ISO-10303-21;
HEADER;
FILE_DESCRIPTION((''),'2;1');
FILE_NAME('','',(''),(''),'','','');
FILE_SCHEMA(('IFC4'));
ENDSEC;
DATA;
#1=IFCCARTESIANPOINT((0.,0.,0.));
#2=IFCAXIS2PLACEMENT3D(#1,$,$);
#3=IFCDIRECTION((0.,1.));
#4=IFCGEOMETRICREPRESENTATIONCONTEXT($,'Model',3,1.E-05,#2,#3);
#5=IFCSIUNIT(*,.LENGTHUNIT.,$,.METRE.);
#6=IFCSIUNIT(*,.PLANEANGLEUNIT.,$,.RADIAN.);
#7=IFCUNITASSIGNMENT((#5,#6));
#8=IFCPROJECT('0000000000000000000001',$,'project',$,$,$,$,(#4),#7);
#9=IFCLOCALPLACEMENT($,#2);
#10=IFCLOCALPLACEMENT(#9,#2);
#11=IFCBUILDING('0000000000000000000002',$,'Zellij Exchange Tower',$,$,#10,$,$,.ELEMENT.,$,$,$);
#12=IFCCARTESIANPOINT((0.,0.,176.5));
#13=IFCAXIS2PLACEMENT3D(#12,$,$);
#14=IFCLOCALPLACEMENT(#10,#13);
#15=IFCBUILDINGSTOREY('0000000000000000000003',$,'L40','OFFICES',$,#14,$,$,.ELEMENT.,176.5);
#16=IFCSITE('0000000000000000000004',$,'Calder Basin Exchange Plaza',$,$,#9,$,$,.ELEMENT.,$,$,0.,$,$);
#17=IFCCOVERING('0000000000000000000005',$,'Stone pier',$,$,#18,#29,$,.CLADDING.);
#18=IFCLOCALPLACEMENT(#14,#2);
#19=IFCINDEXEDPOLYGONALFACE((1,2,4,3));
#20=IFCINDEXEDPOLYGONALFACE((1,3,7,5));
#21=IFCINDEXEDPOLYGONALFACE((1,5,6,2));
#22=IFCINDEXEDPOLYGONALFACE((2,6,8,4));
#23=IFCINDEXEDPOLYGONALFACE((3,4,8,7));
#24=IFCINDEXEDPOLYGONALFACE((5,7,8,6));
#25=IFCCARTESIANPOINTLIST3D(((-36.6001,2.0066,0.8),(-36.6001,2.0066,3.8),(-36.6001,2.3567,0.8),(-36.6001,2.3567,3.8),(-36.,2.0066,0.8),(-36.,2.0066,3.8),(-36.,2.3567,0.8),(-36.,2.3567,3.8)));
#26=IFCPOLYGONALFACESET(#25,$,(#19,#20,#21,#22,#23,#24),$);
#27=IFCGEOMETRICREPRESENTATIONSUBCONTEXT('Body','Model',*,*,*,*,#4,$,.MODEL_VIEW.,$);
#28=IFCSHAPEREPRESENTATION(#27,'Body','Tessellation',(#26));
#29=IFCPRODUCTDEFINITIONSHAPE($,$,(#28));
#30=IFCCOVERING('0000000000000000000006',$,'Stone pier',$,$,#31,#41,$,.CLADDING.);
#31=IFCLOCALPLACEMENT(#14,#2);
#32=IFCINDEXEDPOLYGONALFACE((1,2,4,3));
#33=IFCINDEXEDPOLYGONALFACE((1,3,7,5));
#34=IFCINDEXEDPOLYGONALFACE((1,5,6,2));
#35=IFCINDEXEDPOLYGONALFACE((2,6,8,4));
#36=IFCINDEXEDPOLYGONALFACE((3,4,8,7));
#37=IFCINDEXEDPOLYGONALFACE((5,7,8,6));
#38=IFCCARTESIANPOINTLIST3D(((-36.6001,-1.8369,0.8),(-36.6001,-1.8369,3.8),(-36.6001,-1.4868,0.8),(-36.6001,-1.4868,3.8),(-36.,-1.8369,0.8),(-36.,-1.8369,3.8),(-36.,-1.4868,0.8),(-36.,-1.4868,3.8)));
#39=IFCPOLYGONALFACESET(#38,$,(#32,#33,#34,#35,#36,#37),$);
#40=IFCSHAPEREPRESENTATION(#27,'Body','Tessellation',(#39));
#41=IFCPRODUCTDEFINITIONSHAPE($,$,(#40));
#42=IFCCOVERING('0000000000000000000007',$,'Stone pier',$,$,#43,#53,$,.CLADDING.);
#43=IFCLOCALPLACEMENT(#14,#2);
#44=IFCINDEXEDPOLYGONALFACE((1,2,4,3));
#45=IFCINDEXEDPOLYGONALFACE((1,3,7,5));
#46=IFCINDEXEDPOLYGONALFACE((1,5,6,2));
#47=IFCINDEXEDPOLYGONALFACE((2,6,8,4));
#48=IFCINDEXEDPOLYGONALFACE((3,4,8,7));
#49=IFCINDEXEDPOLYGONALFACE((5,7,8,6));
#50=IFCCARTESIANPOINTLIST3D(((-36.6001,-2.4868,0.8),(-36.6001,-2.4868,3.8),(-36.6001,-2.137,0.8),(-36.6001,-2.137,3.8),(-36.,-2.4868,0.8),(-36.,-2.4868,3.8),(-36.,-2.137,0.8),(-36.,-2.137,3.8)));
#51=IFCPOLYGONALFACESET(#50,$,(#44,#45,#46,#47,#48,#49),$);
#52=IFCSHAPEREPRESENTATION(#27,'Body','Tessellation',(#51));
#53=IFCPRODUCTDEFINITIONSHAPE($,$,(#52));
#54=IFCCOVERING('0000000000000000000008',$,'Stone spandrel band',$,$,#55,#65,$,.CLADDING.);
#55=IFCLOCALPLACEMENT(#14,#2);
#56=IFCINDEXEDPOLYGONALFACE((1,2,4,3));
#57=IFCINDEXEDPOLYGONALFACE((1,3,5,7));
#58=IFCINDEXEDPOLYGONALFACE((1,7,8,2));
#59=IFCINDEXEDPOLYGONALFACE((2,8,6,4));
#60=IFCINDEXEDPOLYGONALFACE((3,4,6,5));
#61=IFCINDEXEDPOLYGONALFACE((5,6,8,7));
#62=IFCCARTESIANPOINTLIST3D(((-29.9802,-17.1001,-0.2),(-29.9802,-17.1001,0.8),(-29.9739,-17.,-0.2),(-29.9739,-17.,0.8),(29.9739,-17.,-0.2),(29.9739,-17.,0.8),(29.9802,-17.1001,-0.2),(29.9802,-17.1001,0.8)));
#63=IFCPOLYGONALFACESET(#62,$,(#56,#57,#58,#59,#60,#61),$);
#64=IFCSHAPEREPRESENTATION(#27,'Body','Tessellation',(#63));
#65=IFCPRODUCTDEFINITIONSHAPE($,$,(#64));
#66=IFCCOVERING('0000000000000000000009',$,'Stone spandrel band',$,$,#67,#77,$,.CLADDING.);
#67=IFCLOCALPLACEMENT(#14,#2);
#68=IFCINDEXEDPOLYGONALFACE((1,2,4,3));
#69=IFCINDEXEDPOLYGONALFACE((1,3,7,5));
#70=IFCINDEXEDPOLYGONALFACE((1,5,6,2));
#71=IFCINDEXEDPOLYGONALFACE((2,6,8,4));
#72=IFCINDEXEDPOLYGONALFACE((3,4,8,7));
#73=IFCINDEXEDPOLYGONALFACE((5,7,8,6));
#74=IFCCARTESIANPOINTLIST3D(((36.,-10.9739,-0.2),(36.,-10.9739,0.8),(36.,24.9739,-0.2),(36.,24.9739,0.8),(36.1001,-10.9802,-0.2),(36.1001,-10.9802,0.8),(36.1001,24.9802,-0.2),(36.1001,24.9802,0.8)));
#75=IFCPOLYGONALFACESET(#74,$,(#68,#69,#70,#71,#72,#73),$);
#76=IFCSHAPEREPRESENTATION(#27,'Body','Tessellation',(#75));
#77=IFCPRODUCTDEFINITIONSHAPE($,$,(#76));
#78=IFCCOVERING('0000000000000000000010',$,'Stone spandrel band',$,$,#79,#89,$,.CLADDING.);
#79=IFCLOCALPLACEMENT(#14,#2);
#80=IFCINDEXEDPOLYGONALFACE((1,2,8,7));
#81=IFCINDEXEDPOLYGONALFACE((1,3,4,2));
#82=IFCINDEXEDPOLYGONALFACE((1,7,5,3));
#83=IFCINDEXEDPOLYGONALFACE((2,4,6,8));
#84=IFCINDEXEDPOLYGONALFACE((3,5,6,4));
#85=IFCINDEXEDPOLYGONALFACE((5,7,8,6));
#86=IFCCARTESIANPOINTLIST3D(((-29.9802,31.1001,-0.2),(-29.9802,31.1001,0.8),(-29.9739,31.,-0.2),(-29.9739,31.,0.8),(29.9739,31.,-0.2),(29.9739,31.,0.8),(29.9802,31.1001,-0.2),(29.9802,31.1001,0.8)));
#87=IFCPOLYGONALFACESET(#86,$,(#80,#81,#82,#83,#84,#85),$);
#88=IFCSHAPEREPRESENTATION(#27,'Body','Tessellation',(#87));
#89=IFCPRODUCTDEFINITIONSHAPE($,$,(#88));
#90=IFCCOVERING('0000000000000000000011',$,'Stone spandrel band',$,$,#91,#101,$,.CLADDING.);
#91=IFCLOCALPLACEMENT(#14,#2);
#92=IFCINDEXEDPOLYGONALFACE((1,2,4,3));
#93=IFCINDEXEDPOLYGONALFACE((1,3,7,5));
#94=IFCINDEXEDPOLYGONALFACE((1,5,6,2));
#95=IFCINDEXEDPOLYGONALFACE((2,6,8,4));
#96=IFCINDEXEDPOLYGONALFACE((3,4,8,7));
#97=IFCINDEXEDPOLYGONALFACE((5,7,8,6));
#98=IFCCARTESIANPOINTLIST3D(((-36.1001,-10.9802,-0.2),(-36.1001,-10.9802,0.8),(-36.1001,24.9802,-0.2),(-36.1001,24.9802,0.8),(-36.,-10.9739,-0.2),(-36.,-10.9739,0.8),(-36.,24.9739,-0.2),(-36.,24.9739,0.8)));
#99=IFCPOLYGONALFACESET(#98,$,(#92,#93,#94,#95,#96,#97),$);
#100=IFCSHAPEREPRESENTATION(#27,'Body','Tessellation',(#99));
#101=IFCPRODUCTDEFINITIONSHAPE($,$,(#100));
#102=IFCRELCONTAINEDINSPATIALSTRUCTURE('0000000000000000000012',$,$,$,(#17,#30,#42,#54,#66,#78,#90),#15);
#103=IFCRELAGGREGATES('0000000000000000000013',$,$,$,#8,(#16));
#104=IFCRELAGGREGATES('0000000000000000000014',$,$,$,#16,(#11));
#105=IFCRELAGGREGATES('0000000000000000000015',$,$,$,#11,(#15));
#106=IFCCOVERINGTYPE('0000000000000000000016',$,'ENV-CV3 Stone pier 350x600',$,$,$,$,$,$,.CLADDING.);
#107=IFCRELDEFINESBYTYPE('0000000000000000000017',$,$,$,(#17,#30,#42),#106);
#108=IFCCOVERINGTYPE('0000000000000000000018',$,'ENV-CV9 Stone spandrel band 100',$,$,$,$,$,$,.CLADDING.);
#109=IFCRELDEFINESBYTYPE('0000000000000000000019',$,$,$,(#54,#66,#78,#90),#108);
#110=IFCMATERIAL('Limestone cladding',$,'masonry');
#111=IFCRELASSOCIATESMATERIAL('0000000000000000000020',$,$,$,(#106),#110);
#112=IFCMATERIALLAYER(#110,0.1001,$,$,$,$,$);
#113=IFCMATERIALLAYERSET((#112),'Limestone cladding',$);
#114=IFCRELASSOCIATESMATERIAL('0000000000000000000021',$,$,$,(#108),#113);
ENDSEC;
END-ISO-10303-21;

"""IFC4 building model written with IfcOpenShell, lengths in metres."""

from ifc_helpers import new_model, si_unit, direction, frame, origin, place, context, subcontext, project, spatial, polyline, outline, extrude, material, layer, layer_set, type_object, element, save


model = new_model("IFC4")

# Units and contexts
model_context = context("Model", 3, precision=1e-05, world=origin(), true_north=direction((0.0, 1.0)))
body_context = subcontext(model_context, "Body", "Model", "MODEL_VIEW")
ifc_project = project(units=[si_unit("LENGTHUNIT", "METRE"), si_unit("PLANEANGLEUNIT", "RADIAN")], contexts=[model_context])

# Site, building, storey
site_placement = place(None, origin())
site = spatial("IfcSite", under=ifc_project, at=site_placement, Name="Calder Basin Exchange Plaza", CompositionType="ELEMENT", RefElevation=0.0)
building_placement = place(site_placement, origin())
building = spatial("IfcBuilding", under=site, at=building_placement, Name="Zellij Exchange Tower", CompositionType="ELEMENT")
storey_placement = place(building_placement, frame((0.0, 0.0, 176.5)))
storey = spatial("IfcBuildingStorey", under=building, at=storey_placement, Name="L40", Description="OFFICES", CompositionType="ELEMENT", Elevation=176.5)

# Coverings
ifc_material = material(Name="Limestone cladding", Category="masonry")
covering_type_1 = type_object("IfcCoveringType", Name="ENV-CV3 Stone pier 350x600", PredefinedType="CLADDING", material=ifc_material)
covering_1_placement = place(storey_placement, frame((0.0, 0.0, 0.8)))
element("IfcCovering", 1, at=covering_1_placement, inside=storey, type_object=covering_type_1, Name="Stone pier", PredefinedType="CLADDING", context=body_context, shape_type="SweptSolid", body=[
    extrude(outline(polyline([(-36.0, 2.3567), (-36.0, 2.0066), (-36.6001, 2.0066), (-36.6001, 2.3567), (-36.0, 2.3567)])), origin(), (0.0, 0.0, 1.0), 3.0),
])
covering_2_placement = place(storey_placement, frame((0.0, 0.0, 0.8)))
element("IfcCovering", 2, at=covering_2_placement, inside=storey, type_object=covering_type_1, Name="Stone pier", PredefinedType="CLADDING", context=body_context, shape_type="SweptSolid", body=[
    extrude(outline(polyline([(-36.0, -1.4868), (-36.0, -1.8369), (-36.6001, -1.8369), (-36.6001, -1.4868), (-36.0, -1.4868)])), origin(), (0.0, 0.0, 1.0), 3.0),
])
covering_3_placement = place(storey_placement, frame((0.0, 0.0, 0.8)))
element("IfcCovering", 3, at=covering_3_placement, inside=storey, type_object=covering_type_1, Name="Stone pier", PredefinedType="CLADDING", context=body_context, shape_type="SweptSolid", body=[
    extrude(outline(polyline([(-36.0, -2.137), (-36.0, -2.4868), (-36.6001, -2.4868), (-36.6001, -2.137), (-36.0, -2.137)])), origin(), (0.0, 0.0, 1.0), 3.0),
])
ifc_layer_1 = layer(ifc_material, 0.1001)
ifc_layer_set_1 = layer_set([ifc_layer_1], Name="Limestone cladding")
covering_type_2 = type_object("IfcCoveringType", Name="ENV-CV9 Stone spandrel band 100", PredefinedType="CLADDING", material=ifc_layer_set_1)
covering_4_placement = place(storey_placement, frame((0.0, 0.0, -0.2)))
element("IfcCovering", 4, at=covering_4_placement, inside=storey, type_object=covering_type_2, Name="Stone spandrel band", PredefinedType="CLADDING", context=body_context, shape_type="SweptSolid", body=[
    extrude(outline(polyline([(-29.9739, -17.0), (29.9739, -17.0), (29.9802, -17.1001), (-29.9802, -17.1001), (-29.9739, -17.0)])), origin(), (0.0, 0.0, 1.0), 1.0),
])
covering_5_placement = place(storey_placement, frame((0.0, 0.0, -0.2)))
element("IfcCovering", 5, at=covering_5_placement, inside=storey, type_object=covering_type_2, Name="Stone spandrel band", PredefinedType="CLADDING", context=body_context, shape_type="SweptSolid", body=[
    extrude(outline(polyline([(36.0, -10.9739), (36.0, 24.9739), (36.1001, 24.9802), (36.1001, -10.9802), (36.0, -10.9739)])), origin(), (0.0, 0.0, 1.0), 1.0),
])
covering_6_placement = place(storey_placement, frame((0.0, 0.0, -0.2)))
element("IfcCovering", 6, at=covering_6_placement, inside=storey, type_object=covering_type_2, Name="Stone spandrel band", PredefinedType="CLADDING", context=body_context, shape_type="SweptSolid", body=[
    extrude(outline(polyline([(29.9739, 31.0), (-29.9739, 31.0), (-29.9802, 31.1001), (29.9802, 31.1001), (29.9739, 31.0)])), origin(), (0.0, 0.0, 1.0), 1.0),
])
covering_7_placement = place(storey_placement, frame((0.0, 0.0, -0.2)))
element("IfcCovering", 7, at=covering_7_placement, inside=storey, type_object=covering_type_2, Name="Stone spandrel band", PredefinedType="CLADDING", context=body_context, shape_type="SweptSolid", body=[
    extrude(outline(polyline([(-36.0, 24.9739), (-36.0, -10.9739), (-36.1001, -10.9802), (-36.1001, 24.9802), (-36.0, 24.9739)])), origin(), (0.0, 0.0, 1.0), 1.0),
])

save(model, "model.ifc")
